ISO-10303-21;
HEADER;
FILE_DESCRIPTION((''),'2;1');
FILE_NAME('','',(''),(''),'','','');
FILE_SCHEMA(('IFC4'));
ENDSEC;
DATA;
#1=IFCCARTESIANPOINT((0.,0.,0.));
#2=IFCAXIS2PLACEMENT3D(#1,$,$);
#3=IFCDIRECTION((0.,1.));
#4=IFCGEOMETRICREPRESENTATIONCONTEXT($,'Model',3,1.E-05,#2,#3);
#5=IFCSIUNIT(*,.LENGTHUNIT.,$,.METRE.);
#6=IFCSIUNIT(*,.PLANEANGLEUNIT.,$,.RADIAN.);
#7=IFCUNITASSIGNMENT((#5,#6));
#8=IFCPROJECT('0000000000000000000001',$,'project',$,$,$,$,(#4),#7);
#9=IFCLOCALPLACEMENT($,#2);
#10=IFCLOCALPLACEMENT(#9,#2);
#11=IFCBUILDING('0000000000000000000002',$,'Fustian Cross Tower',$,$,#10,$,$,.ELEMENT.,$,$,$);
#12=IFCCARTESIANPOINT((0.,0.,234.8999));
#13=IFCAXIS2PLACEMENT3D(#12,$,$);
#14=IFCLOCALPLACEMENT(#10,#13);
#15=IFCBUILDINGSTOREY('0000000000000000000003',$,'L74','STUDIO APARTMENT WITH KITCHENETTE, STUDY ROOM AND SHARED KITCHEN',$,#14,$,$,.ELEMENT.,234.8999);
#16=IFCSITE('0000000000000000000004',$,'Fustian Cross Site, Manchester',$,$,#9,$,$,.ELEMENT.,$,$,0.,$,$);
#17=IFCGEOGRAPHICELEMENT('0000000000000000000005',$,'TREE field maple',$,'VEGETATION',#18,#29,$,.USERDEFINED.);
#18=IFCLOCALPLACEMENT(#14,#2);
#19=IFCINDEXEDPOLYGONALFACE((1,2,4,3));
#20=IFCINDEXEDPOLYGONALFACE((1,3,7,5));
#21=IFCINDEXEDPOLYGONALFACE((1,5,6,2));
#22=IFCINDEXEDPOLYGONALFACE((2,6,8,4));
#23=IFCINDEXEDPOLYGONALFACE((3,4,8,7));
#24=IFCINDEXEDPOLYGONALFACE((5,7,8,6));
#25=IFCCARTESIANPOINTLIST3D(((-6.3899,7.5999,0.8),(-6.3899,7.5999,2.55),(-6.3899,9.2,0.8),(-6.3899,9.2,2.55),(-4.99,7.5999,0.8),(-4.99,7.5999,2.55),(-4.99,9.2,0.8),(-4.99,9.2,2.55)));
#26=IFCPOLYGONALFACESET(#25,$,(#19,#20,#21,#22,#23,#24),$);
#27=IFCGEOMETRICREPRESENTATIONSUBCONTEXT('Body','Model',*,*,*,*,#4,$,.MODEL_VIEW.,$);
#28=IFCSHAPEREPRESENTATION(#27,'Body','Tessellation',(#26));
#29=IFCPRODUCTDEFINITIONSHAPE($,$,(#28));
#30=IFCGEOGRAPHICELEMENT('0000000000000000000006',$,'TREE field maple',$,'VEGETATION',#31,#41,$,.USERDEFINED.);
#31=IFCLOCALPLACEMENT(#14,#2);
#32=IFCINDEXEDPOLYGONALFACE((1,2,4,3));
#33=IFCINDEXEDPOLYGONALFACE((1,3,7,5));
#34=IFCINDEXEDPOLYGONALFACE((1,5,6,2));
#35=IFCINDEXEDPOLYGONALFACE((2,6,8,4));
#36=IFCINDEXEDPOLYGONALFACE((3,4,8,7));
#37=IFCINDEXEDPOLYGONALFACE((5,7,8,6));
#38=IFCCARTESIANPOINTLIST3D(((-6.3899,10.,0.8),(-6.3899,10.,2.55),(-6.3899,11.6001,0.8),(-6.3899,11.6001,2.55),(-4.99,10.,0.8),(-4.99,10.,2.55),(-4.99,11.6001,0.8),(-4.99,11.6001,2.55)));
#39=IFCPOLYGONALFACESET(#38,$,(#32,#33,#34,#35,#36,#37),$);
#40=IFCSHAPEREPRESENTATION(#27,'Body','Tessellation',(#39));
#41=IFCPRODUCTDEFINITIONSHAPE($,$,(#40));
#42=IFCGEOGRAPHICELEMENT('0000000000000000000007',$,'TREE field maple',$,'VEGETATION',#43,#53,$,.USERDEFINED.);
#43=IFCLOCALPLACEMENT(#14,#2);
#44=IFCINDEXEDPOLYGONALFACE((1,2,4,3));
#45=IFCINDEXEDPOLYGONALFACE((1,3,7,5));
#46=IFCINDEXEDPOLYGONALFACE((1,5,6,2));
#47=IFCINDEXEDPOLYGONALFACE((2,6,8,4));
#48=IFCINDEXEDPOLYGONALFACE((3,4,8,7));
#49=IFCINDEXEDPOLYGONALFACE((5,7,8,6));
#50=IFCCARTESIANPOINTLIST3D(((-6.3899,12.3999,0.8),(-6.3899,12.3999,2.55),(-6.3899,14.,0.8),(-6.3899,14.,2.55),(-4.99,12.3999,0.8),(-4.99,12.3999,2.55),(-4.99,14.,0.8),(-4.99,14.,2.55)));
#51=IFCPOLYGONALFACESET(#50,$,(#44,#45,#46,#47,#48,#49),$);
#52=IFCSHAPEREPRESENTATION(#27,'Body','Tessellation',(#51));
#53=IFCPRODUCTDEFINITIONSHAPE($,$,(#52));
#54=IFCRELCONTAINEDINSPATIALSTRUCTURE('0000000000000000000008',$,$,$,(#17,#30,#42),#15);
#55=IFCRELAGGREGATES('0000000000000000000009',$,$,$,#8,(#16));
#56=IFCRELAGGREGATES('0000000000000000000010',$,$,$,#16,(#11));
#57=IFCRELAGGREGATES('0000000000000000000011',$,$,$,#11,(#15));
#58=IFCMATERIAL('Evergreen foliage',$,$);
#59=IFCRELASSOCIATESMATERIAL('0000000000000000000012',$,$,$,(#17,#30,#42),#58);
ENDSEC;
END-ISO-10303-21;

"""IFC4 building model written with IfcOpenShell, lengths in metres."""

from ifc_helpers import new_model, si_unit, direction, frame, origin, origin_2d, place, context, subcontext, project, spatial, rectangle, extrude, material, element, save


model = new_model("IFC4")

# Units and contexts
model_context = context("Model", 3, precision=1e-05, world=origin(), true_north=direction((0.0, 1.0)))
body_context = subcontext(model_context, "Body", "Model", "MODEL_VIEW")
ifc_project = project(units=[si_unit("LENGTHUNIT", "METRE"), si_unit("PLANEANGLEUNIT", "RADIAN")], contexts=[model_context])

# Site, building, storey
site_placement = place(None, origin())
site = spatial("IfcSite", under=ifc_project, at=site_placement, Name="Fustian Cross Site, Manchester", CompositionType="ELEMENT", RefElevation=0.0)
building_placement = place(site_placement, origin())
building = spatial("IfcBuilding", under=site, at=building_placement, Name="Fustian Cross Tower", CompositionType="ELEMENT")
storey_placement = place(building_placement, frame((0.0, 0.0, 234.8999)))
storey = spatial("IfcBuildingStorey", under=building, at=storey_placement, Name="L74", Description="STUDIO APARTMENT WITH KITCHENETTE, STUDY ROOM AND SHARED KITCHEN", CompositionType="ELEMENT", Elevation=234.8999)

# Geographic elements
ifc_material_1 = material(Name="Evergreen foliage")
for number, where, z_axis, x_axis, name in (
    (1, (-5.6899, 8.3999, 0.8), (0.0, 0.0, 1.0), (1.0, 0.0, 0.0), "TREE field maple"),
    (2, (-5.6899, 10.8, 0.8), (0.0, 0.0, 1.0), (1.0, 0.0, 0.0), "TREE field maple"),
    (3, (-5.6899, 13.2, 0.8), (0.0, 0.0, 1.0), (1.0, 0.0, 0.0), "TREE field maple"),
):
    element("IfcGeographicElement", number, at=place(storey_placement, frame(where, z_axis=z_axis, x_axis=x_axis)), inside=storey, material=ifc_material_1, Name=name, ObjectType="VEGETATION", PredefinedType="USERDEFINED", context=body_context, shape_type="SweptSolid", body=[
        extrude(rectangle(XDim=1.3999, YDim=1.6001, at=origin_2d()), origin(), (0.0, 0.0, 1.0), 1.75),
    ])

save(model, "model.ifc")
